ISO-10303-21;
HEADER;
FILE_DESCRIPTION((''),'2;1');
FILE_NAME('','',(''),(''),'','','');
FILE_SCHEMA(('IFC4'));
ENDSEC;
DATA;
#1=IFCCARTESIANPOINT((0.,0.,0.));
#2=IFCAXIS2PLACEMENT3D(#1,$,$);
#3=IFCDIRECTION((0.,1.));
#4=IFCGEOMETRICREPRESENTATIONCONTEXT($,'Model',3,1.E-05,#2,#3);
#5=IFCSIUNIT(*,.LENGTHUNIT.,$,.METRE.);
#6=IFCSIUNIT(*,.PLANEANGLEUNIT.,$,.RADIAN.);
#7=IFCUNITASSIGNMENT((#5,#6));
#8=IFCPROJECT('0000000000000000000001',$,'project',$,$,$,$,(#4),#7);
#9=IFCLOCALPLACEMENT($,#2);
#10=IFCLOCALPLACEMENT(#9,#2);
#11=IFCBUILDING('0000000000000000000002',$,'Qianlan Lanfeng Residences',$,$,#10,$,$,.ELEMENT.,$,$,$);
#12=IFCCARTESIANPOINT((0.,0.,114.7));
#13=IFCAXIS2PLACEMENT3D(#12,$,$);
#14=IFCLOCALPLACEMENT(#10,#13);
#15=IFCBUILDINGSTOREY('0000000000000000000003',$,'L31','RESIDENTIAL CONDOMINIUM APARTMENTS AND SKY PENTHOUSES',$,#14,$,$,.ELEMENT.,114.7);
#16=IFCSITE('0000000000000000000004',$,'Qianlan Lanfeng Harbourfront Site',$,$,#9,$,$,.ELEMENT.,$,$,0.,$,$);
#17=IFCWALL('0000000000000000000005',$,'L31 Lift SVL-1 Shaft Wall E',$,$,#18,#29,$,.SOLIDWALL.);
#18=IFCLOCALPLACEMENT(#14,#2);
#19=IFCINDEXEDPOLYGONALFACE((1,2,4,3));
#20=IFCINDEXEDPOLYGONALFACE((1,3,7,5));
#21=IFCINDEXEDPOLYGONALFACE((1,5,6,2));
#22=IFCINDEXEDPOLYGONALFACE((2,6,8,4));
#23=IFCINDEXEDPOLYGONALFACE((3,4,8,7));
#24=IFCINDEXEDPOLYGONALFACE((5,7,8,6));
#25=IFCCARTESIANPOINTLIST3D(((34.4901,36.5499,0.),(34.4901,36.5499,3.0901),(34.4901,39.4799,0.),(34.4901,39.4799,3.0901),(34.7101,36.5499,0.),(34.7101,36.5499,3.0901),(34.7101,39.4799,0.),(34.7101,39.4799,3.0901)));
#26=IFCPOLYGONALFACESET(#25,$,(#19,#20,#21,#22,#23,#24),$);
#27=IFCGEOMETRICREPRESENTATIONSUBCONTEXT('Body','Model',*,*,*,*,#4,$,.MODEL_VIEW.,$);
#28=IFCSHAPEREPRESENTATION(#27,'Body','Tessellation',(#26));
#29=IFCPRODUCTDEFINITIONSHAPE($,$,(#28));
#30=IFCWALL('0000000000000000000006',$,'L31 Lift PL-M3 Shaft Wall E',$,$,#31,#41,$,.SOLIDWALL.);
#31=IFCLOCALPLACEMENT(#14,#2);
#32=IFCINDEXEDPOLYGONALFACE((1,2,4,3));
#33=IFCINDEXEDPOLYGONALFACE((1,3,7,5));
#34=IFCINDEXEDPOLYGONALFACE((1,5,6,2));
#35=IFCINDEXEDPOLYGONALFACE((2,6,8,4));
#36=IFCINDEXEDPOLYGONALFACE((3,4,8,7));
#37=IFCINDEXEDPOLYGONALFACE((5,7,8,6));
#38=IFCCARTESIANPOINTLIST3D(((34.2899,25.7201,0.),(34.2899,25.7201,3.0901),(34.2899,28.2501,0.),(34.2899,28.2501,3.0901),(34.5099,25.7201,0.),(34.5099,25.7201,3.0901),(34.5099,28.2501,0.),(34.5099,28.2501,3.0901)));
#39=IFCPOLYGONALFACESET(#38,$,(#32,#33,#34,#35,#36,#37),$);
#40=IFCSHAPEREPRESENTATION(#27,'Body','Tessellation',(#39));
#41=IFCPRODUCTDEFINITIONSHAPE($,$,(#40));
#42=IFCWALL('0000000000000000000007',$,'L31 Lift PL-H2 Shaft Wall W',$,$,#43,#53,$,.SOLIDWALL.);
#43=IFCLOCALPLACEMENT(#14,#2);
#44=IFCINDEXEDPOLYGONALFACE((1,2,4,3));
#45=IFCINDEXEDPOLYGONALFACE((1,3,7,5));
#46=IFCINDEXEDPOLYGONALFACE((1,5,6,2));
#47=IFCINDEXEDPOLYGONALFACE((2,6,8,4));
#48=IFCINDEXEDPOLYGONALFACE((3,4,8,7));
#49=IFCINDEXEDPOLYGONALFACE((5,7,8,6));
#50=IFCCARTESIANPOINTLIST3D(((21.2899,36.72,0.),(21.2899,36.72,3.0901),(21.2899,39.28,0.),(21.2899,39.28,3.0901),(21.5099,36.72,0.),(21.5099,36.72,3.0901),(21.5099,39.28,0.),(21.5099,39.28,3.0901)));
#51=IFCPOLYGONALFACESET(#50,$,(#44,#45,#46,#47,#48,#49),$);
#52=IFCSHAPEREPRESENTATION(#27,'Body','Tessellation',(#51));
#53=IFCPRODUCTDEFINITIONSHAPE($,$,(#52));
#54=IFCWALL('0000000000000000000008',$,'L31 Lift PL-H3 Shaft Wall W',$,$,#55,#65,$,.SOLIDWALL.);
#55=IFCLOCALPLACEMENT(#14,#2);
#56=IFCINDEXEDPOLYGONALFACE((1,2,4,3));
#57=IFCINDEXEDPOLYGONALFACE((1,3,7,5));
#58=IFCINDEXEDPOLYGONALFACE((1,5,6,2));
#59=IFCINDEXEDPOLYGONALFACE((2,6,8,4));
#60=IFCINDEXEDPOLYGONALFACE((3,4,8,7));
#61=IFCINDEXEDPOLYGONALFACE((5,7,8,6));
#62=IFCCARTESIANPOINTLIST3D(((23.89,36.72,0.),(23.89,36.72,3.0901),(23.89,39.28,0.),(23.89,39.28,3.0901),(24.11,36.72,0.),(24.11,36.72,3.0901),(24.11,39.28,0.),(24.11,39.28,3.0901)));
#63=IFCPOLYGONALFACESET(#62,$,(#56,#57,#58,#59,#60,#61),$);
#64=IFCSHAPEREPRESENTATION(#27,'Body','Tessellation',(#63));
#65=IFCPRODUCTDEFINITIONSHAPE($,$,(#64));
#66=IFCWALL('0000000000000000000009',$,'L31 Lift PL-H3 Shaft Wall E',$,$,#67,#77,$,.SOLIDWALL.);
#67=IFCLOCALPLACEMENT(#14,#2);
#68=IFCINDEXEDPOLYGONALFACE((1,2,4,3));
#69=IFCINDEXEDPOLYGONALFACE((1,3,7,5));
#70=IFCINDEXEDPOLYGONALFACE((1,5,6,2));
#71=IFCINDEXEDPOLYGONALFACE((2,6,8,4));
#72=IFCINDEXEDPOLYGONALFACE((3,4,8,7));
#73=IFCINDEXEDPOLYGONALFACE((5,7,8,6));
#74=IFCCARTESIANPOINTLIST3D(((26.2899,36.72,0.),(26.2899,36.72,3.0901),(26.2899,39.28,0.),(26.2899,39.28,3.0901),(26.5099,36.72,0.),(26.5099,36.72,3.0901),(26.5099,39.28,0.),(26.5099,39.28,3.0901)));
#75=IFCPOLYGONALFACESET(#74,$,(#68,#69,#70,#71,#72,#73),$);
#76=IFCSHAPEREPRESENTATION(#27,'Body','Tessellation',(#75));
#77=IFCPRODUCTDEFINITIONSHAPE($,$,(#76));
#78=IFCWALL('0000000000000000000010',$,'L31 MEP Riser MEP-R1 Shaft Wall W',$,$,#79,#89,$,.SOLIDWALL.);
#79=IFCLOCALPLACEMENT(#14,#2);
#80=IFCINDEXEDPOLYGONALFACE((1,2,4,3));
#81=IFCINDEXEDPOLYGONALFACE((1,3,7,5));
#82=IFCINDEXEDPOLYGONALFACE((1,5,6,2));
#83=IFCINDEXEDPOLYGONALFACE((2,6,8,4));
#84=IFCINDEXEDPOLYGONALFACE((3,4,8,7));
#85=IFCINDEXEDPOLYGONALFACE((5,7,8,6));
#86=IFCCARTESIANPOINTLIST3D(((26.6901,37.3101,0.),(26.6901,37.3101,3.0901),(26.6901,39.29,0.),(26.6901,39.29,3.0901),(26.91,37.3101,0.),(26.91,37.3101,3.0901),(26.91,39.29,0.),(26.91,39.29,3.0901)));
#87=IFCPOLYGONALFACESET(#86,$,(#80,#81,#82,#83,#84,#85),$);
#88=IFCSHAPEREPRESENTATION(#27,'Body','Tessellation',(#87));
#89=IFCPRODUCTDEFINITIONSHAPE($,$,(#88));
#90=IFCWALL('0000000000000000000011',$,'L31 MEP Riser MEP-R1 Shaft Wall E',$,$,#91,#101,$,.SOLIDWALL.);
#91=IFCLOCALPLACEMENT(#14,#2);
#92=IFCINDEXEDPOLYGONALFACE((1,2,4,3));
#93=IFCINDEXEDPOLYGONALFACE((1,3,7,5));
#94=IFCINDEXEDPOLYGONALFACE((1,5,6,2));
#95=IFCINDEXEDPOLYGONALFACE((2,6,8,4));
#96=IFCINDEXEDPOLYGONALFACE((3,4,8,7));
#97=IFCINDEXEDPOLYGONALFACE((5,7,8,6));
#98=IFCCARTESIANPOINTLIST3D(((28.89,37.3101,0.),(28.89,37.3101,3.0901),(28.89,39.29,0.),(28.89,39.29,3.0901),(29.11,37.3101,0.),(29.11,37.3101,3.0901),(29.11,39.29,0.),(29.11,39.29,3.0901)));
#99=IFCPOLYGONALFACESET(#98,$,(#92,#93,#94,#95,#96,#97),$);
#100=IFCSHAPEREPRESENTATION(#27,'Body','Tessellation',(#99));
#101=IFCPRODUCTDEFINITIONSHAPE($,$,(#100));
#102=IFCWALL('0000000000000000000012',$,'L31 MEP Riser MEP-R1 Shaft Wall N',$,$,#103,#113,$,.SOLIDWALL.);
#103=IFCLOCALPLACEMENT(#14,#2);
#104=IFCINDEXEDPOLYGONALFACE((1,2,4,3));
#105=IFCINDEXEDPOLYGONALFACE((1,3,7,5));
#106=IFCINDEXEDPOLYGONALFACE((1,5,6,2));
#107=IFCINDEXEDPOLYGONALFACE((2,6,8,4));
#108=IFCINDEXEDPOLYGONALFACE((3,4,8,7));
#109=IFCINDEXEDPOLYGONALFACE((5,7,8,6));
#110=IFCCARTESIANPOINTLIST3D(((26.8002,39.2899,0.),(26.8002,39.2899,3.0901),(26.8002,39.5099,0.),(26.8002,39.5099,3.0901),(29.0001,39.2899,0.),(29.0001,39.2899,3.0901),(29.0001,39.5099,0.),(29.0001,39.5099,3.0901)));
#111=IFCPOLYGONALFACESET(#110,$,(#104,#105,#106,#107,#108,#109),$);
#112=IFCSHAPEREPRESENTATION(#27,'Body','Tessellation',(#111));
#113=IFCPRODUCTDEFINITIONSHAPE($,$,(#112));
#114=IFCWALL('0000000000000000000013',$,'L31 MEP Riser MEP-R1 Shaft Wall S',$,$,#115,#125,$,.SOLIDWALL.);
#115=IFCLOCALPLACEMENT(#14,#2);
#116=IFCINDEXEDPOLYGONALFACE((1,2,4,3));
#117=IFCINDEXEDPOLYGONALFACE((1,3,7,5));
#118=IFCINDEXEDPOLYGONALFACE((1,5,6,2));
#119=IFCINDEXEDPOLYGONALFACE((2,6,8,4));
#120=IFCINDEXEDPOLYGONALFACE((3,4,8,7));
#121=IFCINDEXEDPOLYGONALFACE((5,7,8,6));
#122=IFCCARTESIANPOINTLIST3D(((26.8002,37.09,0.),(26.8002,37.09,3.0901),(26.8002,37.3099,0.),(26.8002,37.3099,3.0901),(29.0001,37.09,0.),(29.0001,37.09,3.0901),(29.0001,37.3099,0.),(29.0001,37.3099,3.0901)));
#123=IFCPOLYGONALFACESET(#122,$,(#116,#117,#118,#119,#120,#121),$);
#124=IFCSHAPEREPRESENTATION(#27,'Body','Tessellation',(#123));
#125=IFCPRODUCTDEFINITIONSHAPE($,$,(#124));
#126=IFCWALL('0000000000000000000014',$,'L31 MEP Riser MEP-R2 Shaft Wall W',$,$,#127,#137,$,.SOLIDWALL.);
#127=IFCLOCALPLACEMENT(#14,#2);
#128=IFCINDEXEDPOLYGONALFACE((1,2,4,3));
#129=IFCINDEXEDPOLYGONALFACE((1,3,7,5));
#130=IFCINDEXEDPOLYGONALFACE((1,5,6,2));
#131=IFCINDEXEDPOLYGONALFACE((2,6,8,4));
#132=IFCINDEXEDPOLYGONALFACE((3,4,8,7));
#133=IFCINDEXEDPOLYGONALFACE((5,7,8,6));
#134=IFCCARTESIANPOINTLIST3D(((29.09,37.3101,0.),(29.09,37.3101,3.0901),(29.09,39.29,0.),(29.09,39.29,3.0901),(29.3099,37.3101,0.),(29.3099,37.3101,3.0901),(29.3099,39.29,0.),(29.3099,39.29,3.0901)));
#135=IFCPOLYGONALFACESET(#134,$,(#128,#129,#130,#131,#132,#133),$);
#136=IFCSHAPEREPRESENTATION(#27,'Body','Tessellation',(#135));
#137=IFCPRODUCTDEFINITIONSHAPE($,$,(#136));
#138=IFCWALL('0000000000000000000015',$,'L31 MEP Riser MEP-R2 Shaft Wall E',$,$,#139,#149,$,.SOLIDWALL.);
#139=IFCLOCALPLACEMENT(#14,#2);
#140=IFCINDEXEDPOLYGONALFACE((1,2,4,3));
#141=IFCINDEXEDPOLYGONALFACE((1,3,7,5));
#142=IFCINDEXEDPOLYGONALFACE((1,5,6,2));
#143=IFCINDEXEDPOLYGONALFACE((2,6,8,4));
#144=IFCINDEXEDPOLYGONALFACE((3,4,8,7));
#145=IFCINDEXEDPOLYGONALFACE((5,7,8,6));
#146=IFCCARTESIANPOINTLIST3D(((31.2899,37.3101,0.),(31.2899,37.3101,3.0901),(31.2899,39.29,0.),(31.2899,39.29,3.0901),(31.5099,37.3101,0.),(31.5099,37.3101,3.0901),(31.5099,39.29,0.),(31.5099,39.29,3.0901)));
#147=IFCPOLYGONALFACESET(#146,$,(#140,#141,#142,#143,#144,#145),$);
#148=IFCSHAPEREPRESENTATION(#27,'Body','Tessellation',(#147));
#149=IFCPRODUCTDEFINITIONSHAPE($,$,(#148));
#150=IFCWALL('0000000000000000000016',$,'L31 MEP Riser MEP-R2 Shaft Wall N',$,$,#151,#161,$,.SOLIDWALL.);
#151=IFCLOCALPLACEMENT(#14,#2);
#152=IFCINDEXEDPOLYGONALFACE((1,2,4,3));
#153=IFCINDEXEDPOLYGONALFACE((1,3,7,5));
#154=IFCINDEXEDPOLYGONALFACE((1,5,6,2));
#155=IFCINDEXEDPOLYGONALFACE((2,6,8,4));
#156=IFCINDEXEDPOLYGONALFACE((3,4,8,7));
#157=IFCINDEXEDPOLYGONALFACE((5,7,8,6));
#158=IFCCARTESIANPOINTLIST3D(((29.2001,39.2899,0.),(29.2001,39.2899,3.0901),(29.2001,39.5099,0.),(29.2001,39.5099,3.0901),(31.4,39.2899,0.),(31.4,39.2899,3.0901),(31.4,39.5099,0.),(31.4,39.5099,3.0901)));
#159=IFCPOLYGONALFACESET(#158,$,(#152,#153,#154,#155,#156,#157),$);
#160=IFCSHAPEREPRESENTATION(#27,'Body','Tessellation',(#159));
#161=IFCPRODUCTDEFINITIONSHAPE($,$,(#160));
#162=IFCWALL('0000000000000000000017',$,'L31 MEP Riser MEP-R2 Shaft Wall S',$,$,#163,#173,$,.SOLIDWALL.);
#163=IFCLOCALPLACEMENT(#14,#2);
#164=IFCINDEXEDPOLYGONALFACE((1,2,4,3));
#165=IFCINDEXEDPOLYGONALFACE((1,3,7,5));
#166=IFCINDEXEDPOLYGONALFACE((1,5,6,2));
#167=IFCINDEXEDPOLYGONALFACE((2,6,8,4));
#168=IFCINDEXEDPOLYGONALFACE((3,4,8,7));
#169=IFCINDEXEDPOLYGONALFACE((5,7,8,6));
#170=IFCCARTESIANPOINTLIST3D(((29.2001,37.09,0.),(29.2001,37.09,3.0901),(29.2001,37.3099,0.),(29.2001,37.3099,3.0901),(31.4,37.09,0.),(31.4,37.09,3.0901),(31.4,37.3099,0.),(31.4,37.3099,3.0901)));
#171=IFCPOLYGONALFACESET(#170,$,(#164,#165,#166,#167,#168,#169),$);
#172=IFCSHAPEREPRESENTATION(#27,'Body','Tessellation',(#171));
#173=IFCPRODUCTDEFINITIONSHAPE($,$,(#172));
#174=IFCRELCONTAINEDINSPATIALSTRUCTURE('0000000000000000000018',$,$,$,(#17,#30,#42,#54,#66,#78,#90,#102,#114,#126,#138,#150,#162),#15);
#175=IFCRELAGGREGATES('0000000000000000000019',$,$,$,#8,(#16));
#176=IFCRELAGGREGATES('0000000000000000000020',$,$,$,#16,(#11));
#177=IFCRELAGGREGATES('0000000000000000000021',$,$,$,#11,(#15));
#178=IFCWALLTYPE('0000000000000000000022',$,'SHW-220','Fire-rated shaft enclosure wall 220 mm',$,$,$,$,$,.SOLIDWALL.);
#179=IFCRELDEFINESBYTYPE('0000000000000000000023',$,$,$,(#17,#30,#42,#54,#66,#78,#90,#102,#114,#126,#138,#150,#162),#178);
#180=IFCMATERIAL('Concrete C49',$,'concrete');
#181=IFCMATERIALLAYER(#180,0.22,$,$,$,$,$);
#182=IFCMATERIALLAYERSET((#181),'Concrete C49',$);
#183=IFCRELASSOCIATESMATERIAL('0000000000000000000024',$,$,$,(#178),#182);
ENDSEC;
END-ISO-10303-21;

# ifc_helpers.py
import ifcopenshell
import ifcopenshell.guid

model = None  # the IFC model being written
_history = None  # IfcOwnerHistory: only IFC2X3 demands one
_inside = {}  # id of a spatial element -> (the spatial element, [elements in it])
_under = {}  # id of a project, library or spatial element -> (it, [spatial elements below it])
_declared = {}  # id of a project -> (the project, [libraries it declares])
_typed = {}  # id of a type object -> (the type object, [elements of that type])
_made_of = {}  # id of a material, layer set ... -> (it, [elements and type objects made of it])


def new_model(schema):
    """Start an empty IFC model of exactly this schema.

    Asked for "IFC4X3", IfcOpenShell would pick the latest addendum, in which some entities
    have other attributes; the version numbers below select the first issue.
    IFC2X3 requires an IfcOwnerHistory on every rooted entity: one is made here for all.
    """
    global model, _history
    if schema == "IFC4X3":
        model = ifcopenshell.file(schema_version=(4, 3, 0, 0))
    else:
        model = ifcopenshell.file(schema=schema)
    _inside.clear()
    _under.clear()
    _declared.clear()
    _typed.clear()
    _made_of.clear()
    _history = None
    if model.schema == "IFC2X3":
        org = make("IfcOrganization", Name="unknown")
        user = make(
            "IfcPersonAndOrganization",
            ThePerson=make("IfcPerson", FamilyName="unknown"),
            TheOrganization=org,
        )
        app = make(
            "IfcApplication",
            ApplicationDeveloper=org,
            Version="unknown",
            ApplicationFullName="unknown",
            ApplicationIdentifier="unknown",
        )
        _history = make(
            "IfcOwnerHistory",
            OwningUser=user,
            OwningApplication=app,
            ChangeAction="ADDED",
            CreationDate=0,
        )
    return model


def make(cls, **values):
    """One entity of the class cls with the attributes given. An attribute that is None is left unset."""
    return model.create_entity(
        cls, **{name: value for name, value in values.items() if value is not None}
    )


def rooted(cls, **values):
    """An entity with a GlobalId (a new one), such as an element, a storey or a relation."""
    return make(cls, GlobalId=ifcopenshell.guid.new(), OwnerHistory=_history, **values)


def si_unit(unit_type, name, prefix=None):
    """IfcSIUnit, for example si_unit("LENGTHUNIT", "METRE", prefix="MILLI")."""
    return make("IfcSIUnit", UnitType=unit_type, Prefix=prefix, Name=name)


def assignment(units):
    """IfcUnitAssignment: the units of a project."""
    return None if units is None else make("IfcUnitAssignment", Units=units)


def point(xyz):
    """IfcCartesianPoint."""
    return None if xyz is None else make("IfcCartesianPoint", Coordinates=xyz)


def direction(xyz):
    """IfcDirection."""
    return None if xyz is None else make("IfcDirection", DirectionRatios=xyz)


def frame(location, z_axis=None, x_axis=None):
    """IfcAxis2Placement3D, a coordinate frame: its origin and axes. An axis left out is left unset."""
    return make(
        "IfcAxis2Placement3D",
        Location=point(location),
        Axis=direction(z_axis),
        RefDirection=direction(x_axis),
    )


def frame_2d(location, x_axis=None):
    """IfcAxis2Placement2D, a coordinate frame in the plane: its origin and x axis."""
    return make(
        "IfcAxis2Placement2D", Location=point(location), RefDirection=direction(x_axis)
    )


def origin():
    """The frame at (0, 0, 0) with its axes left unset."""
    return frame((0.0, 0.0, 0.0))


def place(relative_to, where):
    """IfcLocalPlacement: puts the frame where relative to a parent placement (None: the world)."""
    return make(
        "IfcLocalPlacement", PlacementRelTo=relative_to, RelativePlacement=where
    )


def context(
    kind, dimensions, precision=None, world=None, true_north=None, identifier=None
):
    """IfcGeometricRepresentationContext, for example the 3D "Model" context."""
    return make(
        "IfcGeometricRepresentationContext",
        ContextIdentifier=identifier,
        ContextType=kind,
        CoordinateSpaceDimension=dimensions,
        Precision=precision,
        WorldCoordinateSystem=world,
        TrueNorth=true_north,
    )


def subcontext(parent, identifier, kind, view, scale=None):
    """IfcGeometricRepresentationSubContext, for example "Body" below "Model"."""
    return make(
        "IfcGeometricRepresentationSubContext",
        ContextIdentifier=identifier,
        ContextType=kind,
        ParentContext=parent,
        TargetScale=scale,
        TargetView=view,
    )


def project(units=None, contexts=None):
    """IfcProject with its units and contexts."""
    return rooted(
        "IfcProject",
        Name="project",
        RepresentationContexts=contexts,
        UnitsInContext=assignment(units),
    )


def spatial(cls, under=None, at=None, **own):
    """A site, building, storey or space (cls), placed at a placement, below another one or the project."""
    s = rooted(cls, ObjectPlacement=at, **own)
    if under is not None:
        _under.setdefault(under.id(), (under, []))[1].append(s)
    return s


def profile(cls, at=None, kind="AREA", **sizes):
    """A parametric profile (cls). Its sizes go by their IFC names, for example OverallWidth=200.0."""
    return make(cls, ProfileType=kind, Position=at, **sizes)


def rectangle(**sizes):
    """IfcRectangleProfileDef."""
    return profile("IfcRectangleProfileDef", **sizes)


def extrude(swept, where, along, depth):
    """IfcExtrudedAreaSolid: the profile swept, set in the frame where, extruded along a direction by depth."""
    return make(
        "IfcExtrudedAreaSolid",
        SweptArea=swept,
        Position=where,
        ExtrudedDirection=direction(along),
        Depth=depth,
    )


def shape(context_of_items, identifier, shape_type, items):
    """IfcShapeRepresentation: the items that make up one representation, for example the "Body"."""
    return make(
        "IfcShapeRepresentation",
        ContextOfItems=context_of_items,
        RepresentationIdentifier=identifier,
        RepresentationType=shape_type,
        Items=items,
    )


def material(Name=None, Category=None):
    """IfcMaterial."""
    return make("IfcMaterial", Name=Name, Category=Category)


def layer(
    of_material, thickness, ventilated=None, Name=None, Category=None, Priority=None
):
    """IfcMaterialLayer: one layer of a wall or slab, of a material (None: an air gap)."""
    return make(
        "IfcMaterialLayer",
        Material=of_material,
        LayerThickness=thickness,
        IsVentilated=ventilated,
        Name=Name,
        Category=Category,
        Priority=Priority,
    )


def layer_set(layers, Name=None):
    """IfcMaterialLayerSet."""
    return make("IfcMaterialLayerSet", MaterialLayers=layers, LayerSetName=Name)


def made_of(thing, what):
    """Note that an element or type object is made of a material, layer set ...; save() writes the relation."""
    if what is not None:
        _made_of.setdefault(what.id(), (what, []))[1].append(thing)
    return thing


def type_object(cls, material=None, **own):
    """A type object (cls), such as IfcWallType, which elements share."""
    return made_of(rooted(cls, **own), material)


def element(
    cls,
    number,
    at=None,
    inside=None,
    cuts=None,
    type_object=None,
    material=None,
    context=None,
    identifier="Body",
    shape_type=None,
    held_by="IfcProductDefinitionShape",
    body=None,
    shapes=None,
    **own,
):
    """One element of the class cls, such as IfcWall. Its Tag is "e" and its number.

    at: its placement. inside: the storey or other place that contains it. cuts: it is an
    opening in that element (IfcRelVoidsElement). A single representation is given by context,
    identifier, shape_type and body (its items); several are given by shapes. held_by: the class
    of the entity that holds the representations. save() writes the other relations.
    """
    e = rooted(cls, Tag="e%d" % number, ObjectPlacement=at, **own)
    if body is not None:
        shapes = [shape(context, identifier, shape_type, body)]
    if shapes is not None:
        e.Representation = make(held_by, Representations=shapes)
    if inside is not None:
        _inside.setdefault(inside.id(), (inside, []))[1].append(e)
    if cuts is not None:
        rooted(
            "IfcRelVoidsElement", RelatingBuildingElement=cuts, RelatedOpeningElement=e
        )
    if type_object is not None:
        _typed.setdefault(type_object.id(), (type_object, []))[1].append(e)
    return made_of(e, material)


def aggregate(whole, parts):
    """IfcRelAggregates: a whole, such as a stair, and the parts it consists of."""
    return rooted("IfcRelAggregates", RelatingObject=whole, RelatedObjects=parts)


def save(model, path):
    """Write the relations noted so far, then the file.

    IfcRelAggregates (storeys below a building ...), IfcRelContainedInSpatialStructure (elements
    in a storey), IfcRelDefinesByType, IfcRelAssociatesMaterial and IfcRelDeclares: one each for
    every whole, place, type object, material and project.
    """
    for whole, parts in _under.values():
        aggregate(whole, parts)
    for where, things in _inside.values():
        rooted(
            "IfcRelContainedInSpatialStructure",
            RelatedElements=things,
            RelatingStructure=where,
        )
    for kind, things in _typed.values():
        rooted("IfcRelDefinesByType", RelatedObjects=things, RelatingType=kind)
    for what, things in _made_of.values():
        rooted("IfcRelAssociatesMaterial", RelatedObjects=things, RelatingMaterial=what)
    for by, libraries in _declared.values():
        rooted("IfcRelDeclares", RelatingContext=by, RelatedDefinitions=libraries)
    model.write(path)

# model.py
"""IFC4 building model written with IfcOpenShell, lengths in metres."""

from ifc_helpers import new_model, si_unit, direction, frame, frame_2d, origin, place, context, subcontext, project, spatial, rectangle, extrude, material, layer, layer_set, type_object, element, save


model = new_model("IFC4")

# Units and contexts
model_context = context("Model", 3, precision=1e-05, world=origin(), true_north=direction((0.0, 1.0)))
body_context = subcontext(model_context, "Body", "Model", "MODEL_VIEW")
ifc_project = project(units=[si_unit("LENGTHUNIT", "METRE"), si_unit("PLANEANGLEUNIT", "RADIAN")], contexts=[model_context])

# Site, building, storey
site_placement = place(None, origin())
site = spatial("IfcSite", under=ifc_project, at=site_placement, Name="Qianlan Lanfeng Harbourfront Site", CompositionType="ELEMENT", RefElevation=0.0)
building_placement = place(site_placement, origin())
building = spatial("IfcBuilding", under=site, at=building_placement, Name="Qianlan Lanfeng Residences", CompositionType="ELEMENT")
storey_placement = place(building_placement, frame((0.0, 0.0, 114.7)))
storey = spatial("IfcBuildingStorey", under=building, at=storey_placement, Name="L31", Description="RESIDENTIAL CONDOMINIUM APARTMENTS AND SKY PENTHOUSES", CompositionType="ELEMENT", Elevation=114.7)

# Walls
ifc_material_1 = material(Name="Concrete C49", Category="concrete")
ifc_layer_1 = layer(ifc_material_1, 0.22)
ifc_layer_set_1 = layer_set([ifc_layer_1], Name="Concrete C49")
wall_type_1 = type_object("IfcWallType", Name="SHW-220", Description="Fire-rated shaft enclosure wall 220 mm", PredefinedType="SOLIDWALL", material=ifc_layer_set_1)
for number, where, z_axis, x_axis, name in (
    (1, (34.6001, 36.55, 0.0), (0.0, 0.0, 1.0), (0.0, 1.0, 0.0), "L31 Lift SVL-1 Shaft Wall E"),
):
    element("IfcWall", number, at=place(storey_placement, frame(where, z_axis=z_axis, x_axis=x_axis)), inside=storey, type_object=wall_type_1, Name=name, PredefinedType="SOLIDWALL", context=body_context, shape_type="SweptSolid", body=[
        extrude(rectangle(XDim=2.9299, YDim=0.22, at=frame_2d((1.4648, 0.0))), origin(), (0.0, 0.0, 1.0), 3.0901),
    ])
wall_1_placement = place(storey_placement, frame((34.3999, 25.72, 0.0), z_axis=(0.0, 0.0, 1.0), x_axis=(0.0, 1.0, 0.0)))
element("IfcWall", 2, at=wall_1_placement, inside=storey, type_object=wall_type_1, Name="L31 Lift PL-M3 Shaft Wall E", PredefinedType="SOLIDWALL", context=body_context, shape_type="SweptSolid", body=[
    extrude(rectangle(XDim=2.53, YDim=0.22, at=frame_2d((1.2651, 0.0))), origin(), (0.0, 0.0, 1.0), 3.0901),
])
for number, where, z_axis, x_axis, name in (
    (3, (21.3999, 36.72, 0.0), (0.0, 0.0, 1.0), (0.0, 1.0, 0.0), "L31 Lift PL-H2 Shaft Wall W"),
    (4, (24.0, 36.72, 0.0), (0.0, 0.0, 1.0), (0.0, 1.0, 0.0), "L31 Lift PL-H3 Shaft Wall W"),
    (5, (26.3999, 36.72, 0.0), (0.0, 0.0, 1.0), (0.0, 1.0, 0.0), "L31 Lift PL-H3 Shaft Wall E"),
):
    element("IfcWall", number, at=place(storey_placement, frame(where, z_axis=z_axis, x_axis=x_axis)), inside=storey, type_object=wall_type_1, Name=name, PredefinedType="SOLIDWALL", context=body_context, shape_type="SweptSolid", body=[
        extrude(rectangle(XDim=2.5601, YDim=0.22, at=frame_2d((1.28, 0.0))), origin(), (0.0, 0.0, 1.0), 3.0901),
    ])
for number, where, z_axis, x_axis, name in (
    (6, (26.8, 37.3101, 0.0), (0.0, 0.0, 1.0), (0.0, 1.0, 0.0), "L31 MEP Riser MEP-R1 Shaft Wall W"),
    (7, (29.0, 37.3101, 0.0), (0.0, 0.0, 1.0), (0.0, 1.0, 0.0), "L31 MEP Riser MEP-R1 Shaft Wall E"),
):
    element("IfcWall", number, at=place(storey_placement, frame(where, z_axis=z_axis, x_axis=x_axis)), inside=storey, type_object=wall_type_1, Name=name, PredefinedType="SOLIDWALL", context=body_context, shape_type="SweptSolid", body=[
        extrude(rectangle(XDim=1.98, YDim=0.22, at=frame_2d((0.99, 0.0))), origin(), (0.0, 0.0, 1.0), 3.0901),
    ])
for number, where, z_axis, x_axis, name in (
    (8, (26.8, 39.3999, 0.0), (0.0, 0.0, 1.0), (1.0, 0.0, 0.0), "L31 MEP Riser MEP-R1 Shaft Wall N"),
    (9, (26.8, 37.2, 0.0), (0.0, 0.0, 1.0), (1.0, 0.0, 0.0), "L31 MEP Riser MEP-R1 Shaft Wall S"),
):
    element("IfcWall", number, at=place(storey_placement, frame(where, z_axis=z_axis, x_axis=x_axis)), inside=storey, type_object=wall_type_1, Name=name, PredefinedType="SOLIDWALL", context=body_context, shape_type="SweptSolid", body=[
        extrude(rectangle(XDim=2.2, YDim=0.22, at=frame_2d((1.1001, 0.0))), origin(), (0.0, 0.0, 1.0), 3.0901),
    ])
for number, where, z_axis, x_axis, name in (
    (10, (29.2, 37.3101, 0.0), (0.0, 0.0, 1.0), (0.0, 1.0, 0.0), "L31 MEP Riser MEP-R2 Shaft Wall W"),
    (11, (31.3999, 37.3101, 0.0), (0.0, 0.0, 1.0), (0.0, 1.0, 0.0), "L31 MEP Riser MEP-R2 Shaft Wall E"),
):
    element("IfcWall", number, at=place(storey_placement, frame(where, z_axis=z_axis, x_axis=x_axis)), inside=storey, type_object=wall_type_1, Name=name, PredefinedType="SOLIDWALL", context=body_context, shape_type="SweptSolid", body=[
        extrude(rectangle(XDim=1.98, YDim=0.22, at=frame_2d((0.99, 0.0))), origin(), (0.0, 0.0, 1.0), 3.0901),
    ])
for number, where, z_axis, x_axis, name in (
    (12, (29.2, 39.3999, 0.0), (0.0, 0.0, 1.0), (1.0, 0.0, 0.0), "L31 MEP Riser MEP-R2 Shaft Wall N"),
    (13, (29.2, 37.2, 0.0), (0.0, 0.0, 1.0), (1.0, 0.0, 0.0), "L31 MEP Riser MEP-R2 Shaft Wall S"),
):
    element("IfcWall", number, at=place(storey_placement, frame(where, z_axis=z_axis, x_axis=x_axis)), inside=storey, type_object=wall_type_1, Name=name, PredefinedType="SOLIDWALL", context=body_context, shape_type="SweptSolid", body=[
        extrude(rectangle(XDim=2.2, YDim=0.22, at=frame_2d((1.1001, 0.0))), origin(), (0.0, 0.0, 1.0), 3.0901),
    ])

save(model, "model.ifc")
